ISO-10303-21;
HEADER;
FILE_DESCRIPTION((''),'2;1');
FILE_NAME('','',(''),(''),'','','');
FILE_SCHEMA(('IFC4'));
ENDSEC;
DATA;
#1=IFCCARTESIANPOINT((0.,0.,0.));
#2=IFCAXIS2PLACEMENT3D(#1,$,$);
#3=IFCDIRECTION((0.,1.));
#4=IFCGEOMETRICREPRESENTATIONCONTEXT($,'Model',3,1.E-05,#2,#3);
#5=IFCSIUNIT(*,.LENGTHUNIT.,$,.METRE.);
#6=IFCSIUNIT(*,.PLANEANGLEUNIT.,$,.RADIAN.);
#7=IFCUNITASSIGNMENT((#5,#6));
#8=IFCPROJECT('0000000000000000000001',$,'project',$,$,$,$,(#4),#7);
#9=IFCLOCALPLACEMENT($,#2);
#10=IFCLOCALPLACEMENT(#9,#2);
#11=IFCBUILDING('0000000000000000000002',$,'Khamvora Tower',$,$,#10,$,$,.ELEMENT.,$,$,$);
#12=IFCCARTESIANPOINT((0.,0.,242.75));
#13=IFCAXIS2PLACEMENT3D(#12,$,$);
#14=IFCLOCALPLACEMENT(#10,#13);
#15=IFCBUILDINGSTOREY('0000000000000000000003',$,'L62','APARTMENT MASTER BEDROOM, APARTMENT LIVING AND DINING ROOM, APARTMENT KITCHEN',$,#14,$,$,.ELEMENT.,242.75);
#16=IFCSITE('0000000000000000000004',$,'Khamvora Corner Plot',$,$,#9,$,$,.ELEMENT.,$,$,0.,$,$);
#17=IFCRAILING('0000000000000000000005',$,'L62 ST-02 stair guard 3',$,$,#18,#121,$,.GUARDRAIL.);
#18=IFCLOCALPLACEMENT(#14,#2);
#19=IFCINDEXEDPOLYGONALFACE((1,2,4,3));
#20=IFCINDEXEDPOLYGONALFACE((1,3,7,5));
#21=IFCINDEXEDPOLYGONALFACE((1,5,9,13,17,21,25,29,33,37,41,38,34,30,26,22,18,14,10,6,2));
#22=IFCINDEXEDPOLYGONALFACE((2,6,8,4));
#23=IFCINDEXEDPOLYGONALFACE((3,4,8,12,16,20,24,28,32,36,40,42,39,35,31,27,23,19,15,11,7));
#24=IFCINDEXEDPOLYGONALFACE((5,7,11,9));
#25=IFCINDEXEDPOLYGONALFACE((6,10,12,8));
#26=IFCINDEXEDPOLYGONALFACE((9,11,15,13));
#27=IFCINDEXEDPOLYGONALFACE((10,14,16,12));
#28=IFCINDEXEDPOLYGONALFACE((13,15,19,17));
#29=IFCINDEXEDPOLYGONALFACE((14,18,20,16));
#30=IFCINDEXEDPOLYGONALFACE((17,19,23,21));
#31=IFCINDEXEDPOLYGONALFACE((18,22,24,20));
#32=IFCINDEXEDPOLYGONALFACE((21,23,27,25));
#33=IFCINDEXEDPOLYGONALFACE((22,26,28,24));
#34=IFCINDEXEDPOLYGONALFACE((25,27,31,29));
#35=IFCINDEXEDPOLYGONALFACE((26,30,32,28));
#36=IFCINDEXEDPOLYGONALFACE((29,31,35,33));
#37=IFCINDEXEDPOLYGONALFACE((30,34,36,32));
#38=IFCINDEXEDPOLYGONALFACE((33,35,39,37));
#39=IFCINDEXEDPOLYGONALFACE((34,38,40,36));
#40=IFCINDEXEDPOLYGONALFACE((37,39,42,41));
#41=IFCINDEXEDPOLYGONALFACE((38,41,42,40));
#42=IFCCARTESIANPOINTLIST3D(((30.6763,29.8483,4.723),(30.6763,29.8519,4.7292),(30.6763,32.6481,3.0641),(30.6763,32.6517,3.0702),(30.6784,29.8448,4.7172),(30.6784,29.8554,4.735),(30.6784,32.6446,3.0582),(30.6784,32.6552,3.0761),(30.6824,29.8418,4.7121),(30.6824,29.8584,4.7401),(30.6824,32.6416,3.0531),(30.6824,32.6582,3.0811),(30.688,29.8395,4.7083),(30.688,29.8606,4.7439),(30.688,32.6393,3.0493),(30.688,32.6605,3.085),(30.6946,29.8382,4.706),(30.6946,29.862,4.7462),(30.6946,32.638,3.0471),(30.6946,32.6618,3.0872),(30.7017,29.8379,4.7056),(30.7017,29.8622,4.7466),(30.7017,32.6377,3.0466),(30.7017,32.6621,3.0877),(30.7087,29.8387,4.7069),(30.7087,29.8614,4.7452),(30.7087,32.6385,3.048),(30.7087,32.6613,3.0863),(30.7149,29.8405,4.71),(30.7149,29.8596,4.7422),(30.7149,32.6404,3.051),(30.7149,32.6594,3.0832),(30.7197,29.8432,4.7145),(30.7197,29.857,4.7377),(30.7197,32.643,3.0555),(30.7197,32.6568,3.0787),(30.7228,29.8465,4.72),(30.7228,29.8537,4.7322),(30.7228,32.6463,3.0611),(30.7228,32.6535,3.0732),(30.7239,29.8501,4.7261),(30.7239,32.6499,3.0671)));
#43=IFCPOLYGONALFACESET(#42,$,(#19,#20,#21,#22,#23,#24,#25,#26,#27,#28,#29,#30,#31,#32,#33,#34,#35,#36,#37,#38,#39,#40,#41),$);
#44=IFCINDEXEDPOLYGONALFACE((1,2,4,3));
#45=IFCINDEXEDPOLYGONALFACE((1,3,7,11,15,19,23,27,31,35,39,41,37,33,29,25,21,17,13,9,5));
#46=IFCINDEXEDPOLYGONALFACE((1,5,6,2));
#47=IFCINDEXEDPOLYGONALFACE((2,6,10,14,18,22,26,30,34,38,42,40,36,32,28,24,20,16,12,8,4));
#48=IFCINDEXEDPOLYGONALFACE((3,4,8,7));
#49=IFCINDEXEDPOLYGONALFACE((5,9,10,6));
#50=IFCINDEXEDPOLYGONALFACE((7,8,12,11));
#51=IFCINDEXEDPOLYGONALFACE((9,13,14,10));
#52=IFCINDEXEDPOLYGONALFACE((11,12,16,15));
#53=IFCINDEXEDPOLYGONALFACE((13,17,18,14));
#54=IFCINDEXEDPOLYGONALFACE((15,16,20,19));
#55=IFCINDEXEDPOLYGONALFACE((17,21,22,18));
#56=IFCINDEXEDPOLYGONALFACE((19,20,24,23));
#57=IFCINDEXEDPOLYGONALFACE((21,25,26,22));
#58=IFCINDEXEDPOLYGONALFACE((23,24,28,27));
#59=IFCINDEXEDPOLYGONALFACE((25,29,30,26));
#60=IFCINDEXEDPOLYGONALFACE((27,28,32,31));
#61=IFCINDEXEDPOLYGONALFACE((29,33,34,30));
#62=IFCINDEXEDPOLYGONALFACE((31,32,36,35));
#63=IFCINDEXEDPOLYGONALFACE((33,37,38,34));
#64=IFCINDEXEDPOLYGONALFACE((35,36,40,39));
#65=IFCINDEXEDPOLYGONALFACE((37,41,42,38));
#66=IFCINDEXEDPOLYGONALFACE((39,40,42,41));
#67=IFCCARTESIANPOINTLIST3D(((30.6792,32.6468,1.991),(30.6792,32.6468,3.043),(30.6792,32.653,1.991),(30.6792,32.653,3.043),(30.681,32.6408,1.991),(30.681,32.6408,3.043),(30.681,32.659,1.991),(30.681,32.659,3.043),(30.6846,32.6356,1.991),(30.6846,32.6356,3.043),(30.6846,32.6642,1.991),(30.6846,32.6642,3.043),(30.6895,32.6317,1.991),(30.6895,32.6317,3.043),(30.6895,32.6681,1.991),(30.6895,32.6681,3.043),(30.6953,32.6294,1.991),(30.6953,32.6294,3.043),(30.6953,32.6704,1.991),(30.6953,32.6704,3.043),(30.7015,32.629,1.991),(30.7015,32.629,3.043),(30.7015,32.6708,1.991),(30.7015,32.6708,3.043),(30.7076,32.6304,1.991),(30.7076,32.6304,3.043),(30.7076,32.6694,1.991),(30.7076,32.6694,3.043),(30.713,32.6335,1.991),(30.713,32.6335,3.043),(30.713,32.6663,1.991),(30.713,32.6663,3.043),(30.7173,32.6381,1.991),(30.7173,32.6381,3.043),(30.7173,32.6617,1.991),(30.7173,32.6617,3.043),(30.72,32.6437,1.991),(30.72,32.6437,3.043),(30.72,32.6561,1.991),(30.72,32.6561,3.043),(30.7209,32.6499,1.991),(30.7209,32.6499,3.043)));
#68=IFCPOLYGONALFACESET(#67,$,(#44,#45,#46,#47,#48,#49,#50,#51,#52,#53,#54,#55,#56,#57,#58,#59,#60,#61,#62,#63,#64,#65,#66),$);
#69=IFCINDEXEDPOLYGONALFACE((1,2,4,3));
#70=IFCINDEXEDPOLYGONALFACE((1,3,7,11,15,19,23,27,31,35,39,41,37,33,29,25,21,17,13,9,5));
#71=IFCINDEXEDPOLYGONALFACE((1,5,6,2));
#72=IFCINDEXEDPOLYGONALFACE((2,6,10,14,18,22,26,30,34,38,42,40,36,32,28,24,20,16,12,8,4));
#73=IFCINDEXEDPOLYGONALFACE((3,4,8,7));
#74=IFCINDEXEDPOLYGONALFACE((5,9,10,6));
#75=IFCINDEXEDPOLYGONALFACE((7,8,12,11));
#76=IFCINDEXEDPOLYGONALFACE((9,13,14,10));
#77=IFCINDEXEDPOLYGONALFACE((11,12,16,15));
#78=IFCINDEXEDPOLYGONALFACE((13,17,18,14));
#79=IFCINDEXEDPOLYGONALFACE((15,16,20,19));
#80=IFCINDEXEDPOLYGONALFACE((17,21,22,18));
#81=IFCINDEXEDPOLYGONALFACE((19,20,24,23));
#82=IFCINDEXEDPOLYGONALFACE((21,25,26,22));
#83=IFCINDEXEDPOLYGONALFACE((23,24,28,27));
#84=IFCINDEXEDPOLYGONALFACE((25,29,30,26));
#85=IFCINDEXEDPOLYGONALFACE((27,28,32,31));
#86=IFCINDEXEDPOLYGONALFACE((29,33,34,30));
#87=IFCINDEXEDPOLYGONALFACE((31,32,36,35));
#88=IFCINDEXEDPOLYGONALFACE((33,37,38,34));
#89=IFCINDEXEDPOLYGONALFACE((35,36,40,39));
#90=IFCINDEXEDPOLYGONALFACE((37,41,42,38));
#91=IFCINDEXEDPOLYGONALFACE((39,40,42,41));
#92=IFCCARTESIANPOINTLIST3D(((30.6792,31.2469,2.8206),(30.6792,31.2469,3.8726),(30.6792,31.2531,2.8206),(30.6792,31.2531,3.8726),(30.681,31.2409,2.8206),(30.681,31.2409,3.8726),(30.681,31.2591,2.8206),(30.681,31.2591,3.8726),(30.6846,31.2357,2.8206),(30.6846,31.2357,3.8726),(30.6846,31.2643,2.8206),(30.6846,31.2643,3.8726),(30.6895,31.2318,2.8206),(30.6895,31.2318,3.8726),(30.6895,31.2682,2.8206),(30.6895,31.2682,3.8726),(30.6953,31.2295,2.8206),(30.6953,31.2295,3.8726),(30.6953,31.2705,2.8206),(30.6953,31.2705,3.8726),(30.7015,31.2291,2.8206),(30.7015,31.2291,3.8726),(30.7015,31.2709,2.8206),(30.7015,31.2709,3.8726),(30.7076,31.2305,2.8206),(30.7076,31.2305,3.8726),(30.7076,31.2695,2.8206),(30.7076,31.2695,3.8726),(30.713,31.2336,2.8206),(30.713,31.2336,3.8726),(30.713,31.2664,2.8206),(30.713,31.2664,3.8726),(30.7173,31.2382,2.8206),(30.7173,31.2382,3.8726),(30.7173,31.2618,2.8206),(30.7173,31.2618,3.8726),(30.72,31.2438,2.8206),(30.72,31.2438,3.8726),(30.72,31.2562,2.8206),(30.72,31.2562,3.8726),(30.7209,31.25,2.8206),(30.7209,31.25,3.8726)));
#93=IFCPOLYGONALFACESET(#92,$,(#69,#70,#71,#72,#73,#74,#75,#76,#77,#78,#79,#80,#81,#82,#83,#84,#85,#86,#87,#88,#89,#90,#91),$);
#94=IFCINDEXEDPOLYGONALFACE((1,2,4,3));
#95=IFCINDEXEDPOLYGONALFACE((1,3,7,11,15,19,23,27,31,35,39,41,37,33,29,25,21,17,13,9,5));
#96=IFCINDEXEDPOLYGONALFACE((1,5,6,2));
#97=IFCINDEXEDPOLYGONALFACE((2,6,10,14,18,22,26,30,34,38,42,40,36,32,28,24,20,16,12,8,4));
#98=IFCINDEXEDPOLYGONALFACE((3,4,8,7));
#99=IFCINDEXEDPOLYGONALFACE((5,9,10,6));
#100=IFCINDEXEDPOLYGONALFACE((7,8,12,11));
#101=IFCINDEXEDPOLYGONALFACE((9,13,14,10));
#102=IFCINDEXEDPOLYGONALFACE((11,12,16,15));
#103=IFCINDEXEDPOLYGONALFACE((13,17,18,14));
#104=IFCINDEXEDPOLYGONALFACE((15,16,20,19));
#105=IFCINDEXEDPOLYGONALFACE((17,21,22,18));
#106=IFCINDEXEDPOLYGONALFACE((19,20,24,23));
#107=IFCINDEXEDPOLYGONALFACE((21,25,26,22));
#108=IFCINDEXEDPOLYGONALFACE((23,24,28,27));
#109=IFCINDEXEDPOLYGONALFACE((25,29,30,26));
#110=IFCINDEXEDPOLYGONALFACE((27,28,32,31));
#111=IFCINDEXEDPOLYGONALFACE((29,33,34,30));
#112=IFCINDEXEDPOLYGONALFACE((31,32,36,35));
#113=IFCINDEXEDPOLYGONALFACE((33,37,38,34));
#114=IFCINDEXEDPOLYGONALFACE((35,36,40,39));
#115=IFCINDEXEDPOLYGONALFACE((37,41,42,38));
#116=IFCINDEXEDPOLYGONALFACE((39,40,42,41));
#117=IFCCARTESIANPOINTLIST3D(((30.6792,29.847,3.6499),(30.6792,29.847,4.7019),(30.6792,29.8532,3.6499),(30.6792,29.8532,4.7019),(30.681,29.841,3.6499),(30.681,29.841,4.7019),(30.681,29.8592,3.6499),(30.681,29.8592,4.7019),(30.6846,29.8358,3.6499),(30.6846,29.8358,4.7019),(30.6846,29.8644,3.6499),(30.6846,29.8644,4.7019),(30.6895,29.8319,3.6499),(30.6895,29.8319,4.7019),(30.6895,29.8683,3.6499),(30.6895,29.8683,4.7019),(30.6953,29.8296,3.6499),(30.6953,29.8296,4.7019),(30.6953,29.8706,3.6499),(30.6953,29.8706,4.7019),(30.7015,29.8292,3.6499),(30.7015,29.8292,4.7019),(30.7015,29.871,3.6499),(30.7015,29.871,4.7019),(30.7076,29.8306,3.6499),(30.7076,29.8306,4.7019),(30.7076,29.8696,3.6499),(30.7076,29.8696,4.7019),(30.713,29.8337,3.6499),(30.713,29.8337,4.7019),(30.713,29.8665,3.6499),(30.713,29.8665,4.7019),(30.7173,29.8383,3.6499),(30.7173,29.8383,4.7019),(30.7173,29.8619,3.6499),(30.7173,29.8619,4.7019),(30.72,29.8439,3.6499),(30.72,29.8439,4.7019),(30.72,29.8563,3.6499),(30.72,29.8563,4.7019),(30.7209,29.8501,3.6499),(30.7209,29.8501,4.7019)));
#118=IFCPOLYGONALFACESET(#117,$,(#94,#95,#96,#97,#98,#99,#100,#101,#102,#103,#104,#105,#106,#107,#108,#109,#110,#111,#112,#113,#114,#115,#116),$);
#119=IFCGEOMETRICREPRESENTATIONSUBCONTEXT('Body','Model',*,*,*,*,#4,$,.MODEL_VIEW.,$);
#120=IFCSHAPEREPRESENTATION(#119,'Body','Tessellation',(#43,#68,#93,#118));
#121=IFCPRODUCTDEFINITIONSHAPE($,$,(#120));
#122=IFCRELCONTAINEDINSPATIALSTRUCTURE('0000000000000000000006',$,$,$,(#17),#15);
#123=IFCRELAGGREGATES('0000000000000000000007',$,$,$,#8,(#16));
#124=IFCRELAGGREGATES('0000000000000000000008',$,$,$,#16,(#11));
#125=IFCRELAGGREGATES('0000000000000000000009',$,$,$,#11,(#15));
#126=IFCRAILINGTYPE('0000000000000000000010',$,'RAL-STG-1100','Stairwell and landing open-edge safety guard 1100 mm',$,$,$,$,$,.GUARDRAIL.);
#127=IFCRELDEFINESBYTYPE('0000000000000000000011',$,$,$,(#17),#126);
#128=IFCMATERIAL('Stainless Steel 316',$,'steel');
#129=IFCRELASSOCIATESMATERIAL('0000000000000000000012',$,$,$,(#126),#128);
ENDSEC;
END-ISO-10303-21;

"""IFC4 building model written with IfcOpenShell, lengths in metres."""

from ifc_helpers import new_model, si_unit, direction, frame, origin, origin_2d, place, context, subcontext, project, spatial, circle, extrude, material, type_object, element, save


model = new_model("IFC4")

# Units and contexts
model_context = context("Model", 3, precision=1e-05, world=origin(), true_north=direction((0.0, 1.0)))
body_context = subcontext(model_context, "Body", "Model", "MODEL_VIEW")
ifc_project = project(units=[si_unit("LENGTHUNIT", "METRE"), si_unit("PLANEANGLEUNIT", "RADIAN")], contexts=[model_context])

# Site, building, storey
site_placement = place(None, origin())
site = spatial("IfcSite", under=ifc_project, at=site_placement, Name="Khamvora Corner Plot", CompositionType="ELEMENT", RefElevation=0.0)
building_placement = place(site_placement, origin())
building = spatial("IfcBuilding", under=site, at=building_placement, Name="Khamvora Tower", CompositionType="ELEMENT")
storey_placement = place(building_placement, frame((0.0, 0.0, 242.75)))
storey = spatial("IfcBuildingStorey", under=building, at=storey_placement, Name="L62", Description="APARTMENT MASTER BEDROOM, APARTMENT LIVING AND DINING ROOM, APARTMENT KITCHEN", CompositionType="ELEMENT", Elevation=242.75)

# Railing
ifc_material_1 = material(Name="Stainless Steel 316", Category="steel")
railing_type_1 = type_object("IfcRailingType", Name="RAL-STG-1100", Description="Stairwell and landing open-edge safety guard 1100 mm", PredefinedType="GUARDRAIL", material=ifc_material_1)
railing_1_placement = place(storey_placement, frame((30.7, 32.6499, 1.991)))
element("IfcRailing", 1, at=railing_1_placement, inside=storey, type_object=railing_type_1, Name="L62 ST-02 stair guard 3", PredefinedType="GUARDRAIL", context=body_context, shape_type="SweptSolid", body=[
    extrude(circle(Radius=0.0239, at=origin_2d()), frame((0.0, 0.0, 1.0762), z_axis=(0.0, -0.86032, 0.509755), x_axis=(1.0, 0.0, 0.0)), (0.0, 0.0, 1.0), 3.2544),
    extrude(circle(Radius=0.021, at=origin_2d()), origin(), (0.0, 0.0, 1.0), 1.052),
    extrude(circle(Radius=0.021, at=origin_2d()), frame((0.0, -1.3999, 0.8296)), (0.0, 0.0, 1.0), 1.052),
    extrude(circle(Radius=0.021, at=origin_2d()), frame((0.0, -2.7998, 1.6589)), (0.0, 0.0, 1.0), 1.052),
])

save(model, "model.ifc")
